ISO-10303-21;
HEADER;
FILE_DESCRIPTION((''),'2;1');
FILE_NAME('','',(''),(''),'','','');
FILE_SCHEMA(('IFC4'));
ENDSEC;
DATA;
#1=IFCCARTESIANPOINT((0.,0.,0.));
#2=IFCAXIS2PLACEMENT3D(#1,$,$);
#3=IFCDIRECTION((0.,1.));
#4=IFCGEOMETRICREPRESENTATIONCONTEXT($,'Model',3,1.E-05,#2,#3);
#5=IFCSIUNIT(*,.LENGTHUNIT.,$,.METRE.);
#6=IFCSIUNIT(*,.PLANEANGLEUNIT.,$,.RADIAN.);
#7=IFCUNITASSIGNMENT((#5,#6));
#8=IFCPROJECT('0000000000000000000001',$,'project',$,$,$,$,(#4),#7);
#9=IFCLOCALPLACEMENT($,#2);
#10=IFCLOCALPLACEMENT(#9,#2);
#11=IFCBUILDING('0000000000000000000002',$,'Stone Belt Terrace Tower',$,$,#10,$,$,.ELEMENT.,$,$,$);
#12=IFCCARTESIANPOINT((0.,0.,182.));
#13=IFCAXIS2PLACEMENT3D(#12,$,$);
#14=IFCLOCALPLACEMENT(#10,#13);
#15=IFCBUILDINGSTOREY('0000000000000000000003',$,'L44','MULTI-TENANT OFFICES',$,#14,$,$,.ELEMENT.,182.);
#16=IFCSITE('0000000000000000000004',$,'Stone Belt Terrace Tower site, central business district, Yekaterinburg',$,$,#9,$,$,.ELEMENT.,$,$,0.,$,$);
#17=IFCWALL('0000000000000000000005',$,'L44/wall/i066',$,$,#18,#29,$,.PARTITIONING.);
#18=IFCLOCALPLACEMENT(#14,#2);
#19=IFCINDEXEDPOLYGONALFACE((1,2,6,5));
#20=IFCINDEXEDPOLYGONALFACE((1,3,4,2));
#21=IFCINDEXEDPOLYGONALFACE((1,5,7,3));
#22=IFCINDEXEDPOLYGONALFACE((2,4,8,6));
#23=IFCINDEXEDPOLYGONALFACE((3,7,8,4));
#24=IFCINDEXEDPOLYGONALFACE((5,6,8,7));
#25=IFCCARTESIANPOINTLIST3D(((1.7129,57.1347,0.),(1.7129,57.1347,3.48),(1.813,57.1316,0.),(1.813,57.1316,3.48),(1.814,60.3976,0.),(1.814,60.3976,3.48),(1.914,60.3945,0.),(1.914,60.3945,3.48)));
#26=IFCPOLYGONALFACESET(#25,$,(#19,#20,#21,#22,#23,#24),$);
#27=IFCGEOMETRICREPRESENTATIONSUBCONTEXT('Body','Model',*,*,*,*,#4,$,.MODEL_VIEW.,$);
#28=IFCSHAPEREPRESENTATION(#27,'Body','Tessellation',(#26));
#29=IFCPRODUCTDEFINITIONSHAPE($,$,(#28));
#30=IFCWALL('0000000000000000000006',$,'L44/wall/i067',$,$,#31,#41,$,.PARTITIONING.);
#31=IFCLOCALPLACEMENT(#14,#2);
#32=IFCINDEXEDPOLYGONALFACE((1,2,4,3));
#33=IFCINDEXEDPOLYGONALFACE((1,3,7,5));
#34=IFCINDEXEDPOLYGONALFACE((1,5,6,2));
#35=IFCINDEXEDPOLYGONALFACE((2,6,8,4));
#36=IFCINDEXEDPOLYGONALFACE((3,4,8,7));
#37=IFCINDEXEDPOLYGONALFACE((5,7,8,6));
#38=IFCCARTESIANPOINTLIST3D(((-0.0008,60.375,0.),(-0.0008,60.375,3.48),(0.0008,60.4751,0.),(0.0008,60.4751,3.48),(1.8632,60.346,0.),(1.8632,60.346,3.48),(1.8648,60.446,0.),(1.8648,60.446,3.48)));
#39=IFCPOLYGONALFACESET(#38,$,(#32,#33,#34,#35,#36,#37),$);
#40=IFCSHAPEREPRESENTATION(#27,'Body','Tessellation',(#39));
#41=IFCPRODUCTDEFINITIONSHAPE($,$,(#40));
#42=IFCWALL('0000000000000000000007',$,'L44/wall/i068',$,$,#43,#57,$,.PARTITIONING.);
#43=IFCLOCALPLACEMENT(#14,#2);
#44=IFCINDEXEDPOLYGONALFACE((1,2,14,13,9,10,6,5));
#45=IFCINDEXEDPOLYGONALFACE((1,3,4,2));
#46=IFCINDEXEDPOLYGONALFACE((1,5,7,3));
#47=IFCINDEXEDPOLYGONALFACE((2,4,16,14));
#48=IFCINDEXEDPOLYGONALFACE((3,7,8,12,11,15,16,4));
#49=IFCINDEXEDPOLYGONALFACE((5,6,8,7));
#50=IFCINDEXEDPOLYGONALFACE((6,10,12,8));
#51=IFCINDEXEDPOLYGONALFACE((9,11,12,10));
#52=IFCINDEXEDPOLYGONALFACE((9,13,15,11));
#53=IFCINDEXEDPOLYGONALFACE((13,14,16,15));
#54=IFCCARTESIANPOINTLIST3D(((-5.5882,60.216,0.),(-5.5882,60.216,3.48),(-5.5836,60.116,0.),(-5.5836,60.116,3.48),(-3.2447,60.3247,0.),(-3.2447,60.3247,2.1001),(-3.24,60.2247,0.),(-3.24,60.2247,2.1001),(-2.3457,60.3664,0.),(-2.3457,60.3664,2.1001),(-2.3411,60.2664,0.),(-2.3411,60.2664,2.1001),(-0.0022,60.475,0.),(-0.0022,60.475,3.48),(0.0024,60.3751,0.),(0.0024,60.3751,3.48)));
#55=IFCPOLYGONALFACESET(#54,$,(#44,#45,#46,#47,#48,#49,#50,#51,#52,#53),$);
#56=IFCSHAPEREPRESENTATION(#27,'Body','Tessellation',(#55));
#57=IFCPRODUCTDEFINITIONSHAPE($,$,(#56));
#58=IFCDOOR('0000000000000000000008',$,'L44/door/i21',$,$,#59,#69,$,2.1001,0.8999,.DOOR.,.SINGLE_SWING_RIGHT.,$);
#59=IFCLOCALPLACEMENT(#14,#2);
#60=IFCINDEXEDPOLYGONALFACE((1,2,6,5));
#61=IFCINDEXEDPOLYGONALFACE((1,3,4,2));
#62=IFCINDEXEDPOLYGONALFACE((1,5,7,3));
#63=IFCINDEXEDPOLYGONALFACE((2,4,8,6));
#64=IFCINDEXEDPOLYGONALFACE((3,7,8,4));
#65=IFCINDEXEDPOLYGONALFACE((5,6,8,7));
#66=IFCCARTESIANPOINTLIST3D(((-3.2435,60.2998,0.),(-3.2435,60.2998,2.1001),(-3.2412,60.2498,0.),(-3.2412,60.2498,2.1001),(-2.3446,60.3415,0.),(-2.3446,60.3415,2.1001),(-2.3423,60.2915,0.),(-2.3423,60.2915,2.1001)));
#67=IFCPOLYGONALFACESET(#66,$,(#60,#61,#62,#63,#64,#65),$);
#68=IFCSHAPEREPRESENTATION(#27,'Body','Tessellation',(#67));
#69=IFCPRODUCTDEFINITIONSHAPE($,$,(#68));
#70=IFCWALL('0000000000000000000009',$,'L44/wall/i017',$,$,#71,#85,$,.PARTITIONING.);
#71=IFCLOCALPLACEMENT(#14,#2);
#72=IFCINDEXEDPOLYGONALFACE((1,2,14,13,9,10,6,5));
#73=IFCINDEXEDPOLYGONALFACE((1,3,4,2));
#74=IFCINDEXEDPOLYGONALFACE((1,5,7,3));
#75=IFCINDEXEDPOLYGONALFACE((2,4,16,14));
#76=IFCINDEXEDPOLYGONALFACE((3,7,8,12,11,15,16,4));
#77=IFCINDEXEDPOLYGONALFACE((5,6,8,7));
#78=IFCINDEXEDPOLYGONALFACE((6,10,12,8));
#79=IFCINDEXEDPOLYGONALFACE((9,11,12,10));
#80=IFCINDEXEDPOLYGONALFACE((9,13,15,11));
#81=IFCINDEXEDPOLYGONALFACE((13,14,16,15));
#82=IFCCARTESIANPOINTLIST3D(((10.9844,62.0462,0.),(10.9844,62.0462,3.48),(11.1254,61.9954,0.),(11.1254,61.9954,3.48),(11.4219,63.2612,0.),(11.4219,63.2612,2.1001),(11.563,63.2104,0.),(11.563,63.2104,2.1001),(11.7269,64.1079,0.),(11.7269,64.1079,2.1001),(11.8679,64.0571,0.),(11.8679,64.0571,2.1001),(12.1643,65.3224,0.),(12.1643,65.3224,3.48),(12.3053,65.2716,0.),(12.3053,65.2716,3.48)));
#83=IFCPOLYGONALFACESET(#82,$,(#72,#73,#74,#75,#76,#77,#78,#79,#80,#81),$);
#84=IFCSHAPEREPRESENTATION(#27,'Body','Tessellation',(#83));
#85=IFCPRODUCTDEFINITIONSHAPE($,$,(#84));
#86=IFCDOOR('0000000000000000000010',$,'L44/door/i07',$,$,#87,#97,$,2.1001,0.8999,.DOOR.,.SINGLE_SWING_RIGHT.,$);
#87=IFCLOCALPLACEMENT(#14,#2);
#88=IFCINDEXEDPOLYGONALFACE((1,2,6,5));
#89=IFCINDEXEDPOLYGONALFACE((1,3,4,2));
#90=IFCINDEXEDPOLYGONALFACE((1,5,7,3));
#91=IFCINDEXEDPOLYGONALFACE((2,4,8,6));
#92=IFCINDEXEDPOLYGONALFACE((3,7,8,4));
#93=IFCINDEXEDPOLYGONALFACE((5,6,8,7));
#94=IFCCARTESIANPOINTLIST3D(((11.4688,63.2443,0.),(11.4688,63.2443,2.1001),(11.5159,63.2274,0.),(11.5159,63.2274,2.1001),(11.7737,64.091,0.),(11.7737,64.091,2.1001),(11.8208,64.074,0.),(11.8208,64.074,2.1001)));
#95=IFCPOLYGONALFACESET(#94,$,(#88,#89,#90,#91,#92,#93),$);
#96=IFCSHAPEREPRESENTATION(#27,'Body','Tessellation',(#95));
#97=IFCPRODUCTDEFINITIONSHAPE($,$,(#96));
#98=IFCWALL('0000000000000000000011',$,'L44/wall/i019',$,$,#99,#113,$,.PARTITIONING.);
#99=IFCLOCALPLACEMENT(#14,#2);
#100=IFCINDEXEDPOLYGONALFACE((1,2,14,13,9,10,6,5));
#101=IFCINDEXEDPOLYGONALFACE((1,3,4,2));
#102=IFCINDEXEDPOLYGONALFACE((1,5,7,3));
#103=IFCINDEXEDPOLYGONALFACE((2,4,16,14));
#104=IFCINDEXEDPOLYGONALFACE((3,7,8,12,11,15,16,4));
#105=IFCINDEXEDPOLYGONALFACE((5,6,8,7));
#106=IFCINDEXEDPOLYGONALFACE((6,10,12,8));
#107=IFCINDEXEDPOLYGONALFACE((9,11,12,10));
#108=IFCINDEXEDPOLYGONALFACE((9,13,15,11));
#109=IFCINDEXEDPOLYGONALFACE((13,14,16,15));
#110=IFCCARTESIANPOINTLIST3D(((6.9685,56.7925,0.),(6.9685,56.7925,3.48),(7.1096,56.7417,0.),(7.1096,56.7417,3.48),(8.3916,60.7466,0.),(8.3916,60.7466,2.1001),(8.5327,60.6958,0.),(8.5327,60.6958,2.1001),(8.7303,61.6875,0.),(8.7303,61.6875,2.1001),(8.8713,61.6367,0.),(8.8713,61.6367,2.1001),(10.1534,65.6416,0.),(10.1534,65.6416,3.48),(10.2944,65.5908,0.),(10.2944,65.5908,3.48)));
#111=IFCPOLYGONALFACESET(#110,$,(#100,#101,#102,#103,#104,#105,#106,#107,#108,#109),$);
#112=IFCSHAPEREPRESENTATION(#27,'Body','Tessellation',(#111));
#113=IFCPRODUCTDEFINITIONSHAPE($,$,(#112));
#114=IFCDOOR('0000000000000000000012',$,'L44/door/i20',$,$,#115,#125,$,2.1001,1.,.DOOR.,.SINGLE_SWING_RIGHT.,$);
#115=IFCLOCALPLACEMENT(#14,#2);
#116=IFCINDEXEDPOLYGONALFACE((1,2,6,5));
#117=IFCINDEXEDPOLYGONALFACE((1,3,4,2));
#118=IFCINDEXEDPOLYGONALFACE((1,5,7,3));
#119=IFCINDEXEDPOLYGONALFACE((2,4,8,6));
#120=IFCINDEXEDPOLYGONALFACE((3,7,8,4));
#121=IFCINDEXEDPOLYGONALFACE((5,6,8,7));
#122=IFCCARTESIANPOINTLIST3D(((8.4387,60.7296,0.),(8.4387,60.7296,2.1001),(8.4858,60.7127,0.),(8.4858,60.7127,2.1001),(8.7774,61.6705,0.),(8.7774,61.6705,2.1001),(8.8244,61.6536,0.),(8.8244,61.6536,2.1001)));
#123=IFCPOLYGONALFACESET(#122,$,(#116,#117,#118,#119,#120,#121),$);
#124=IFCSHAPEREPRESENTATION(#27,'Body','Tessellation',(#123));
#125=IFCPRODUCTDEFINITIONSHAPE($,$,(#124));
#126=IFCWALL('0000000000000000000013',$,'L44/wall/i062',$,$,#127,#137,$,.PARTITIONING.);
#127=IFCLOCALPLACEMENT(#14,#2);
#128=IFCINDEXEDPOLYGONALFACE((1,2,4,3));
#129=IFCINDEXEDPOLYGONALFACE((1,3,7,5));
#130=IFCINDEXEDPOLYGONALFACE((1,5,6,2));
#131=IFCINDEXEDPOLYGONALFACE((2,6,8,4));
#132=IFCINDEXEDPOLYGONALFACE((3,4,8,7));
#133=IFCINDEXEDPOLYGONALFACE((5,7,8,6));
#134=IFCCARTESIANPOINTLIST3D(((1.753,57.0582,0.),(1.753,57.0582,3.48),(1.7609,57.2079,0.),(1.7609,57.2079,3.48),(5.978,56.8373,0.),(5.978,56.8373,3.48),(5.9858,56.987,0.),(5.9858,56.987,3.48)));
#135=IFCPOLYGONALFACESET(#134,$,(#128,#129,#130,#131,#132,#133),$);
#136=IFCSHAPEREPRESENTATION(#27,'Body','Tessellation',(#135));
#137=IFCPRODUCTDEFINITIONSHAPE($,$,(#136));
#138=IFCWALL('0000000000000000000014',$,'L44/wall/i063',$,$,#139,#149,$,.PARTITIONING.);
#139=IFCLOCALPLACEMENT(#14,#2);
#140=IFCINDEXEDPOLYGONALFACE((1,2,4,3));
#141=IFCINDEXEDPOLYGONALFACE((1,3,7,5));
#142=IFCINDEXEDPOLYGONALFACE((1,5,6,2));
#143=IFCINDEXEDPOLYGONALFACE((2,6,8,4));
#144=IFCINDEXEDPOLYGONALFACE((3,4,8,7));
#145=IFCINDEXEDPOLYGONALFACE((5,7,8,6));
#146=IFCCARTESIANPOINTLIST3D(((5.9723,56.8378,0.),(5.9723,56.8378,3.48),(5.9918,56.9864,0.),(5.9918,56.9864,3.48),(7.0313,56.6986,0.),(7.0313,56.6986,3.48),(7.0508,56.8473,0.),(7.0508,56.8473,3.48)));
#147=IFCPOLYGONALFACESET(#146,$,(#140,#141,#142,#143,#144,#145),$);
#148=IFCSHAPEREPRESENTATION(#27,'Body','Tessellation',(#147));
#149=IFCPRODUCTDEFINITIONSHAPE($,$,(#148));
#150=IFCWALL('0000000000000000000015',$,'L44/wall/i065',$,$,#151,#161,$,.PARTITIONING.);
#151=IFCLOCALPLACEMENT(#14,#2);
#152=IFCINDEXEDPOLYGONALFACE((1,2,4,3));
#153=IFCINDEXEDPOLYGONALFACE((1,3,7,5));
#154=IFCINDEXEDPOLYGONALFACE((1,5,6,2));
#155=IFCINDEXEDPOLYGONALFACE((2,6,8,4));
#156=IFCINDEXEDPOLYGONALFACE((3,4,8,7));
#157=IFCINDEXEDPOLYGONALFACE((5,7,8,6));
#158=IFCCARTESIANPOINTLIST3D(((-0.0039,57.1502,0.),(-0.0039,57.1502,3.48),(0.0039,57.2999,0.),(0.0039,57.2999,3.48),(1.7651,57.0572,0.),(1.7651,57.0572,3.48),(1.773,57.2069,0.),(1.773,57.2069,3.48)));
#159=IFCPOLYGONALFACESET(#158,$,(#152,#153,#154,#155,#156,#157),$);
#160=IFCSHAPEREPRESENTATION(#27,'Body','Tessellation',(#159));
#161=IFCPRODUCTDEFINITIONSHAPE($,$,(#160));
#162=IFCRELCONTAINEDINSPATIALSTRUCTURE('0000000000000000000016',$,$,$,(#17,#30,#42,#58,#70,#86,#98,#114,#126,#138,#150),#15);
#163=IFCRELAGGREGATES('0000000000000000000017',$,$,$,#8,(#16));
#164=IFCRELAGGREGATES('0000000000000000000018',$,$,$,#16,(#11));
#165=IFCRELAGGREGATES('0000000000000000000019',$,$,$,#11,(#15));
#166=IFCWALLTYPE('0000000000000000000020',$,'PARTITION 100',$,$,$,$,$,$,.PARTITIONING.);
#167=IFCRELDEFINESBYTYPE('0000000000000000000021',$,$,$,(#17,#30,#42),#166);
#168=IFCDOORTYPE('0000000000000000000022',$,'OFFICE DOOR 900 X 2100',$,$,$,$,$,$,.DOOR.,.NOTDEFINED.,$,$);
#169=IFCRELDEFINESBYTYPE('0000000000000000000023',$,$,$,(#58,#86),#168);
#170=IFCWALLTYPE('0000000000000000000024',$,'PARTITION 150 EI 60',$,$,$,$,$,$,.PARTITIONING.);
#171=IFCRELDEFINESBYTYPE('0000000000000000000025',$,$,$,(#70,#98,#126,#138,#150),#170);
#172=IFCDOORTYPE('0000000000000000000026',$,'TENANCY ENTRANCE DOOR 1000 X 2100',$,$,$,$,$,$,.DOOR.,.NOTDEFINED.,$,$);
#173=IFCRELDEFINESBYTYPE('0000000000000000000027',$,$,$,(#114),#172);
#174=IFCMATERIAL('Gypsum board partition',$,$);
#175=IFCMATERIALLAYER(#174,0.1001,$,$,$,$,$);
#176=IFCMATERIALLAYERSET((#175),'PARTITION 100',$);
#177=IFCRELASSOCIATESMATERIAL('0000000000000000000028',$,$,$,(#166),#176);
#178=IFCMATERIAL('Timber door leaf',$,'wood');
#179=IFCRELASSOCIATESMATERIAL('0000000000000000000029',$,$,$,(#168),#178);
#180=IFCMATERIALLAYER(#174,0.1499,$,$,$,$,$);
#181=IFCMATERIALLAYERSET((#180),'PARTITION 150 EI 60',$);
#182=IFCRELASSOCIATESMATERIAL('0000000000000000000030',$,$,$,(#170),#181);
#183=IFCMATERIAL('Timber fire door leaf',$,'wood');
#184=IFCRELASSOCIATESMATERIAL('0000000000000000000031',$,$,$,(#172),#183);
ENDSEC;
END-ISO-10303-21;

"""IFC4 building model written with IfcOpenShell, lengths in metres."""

from ifc_helpers import new_model, si_unit, direction, frame, frame_2d, origin, place, context, subcontext, project, spatial, rectangle, extrude, material, layer, layer_set, type_object, element, fill, save


model = new_model("IFC4")

# Units and contexts
model_context = context("Model", 3, precision=1e-05, world=origin(), true_north=direction((0.0, 1.0)))
body_context = subcontext(model_context, "Body", "Model", "MODEL_VIEW")
ifc_project = project(units=[si_unit("LENGTHUNIT", "METRE"), si_unit("PLANEANGLEUNIT", "RADIAN")], contexts=[model_context])

# Site, building, storey
site_placement = place(None, origin())
site = spatial("IfcSite", under=ifc_project, at=site_placement, Name="Stone Belt Terrace Tower site, central business district, Yekaterinburg", CompositionType="ELEMENT", RefElevation=0.0)
building_placement = place(site_placement, origin())
building = spatial("IfcBuilding", under=site, at=building_placement, Name="Stone Belt Terrace Tower", CompositionType="ELEMENT")
storey_placement = place(building_placement, frame((0.0, 0.0, 182.0)))
storey = spatial("IfcBuildingStorey", under=building, at=storey_placement, Name="L44", Description="MULTI-TENANT OFFICES", CompositionType="ELEMENT", Elevation=182.0)

# Shared definitions
ifc_material_1 = material(Name="Timber door leaf", Category="wood")

# Walls
ifc_material_2 = material(Name="Gypsum board partition")
ifc_layer_1 = layer(ifc_material_2, 0.1001)
ifc_layer_set_1 = layer_set([ifc_layer_1], Name="PARTITION 100")
wall_type_1 = type_object("IfcWallType", Name="PARTITION 100", PredefinedType="PARTITIONING", material=ifc_layer_set_1)
wall_1_placement = place(storey_placement, frame((1.7629, 57.1331, 0.0), z_axis=(0.0, 0.0, 1.0), x_axis=(0.030962, 0.999521, 0.0)))
element("IfcWall", 1, at=wall_1_placement, inside=storey, type_object=wall_type_1, Name="L44/wall/i066", PredefinedType="PARTITIONING", context=body_context, shape_type="SweptSolid", body=[
    extrude(rectangle(XDim=3.2644, YDim=0.1001, at=frame_2d((1.6323, 0.0))), origin(), (0.0, 0.0, 1.0), 3.48),
])
wall_2_placement = place(storey_placement, frame((1.864, 60.396, 0.0), z_axis=(0.0, 0.0, 1.0), x_axis=(-0.999879, 0.015584, 0.0)))
element("IfcWall", 2, at=wall_2_placement, inside=storey, type_object=wall_type_1, Name="L44/wall/i067", PredefinedType="PARTITIONING", context=body_context, shape_type="SweptSolid", body=[
    extrude(rectangle(XDim=1.8643, YDim=0.1001, at=frame_2d((0.9321, 0.0))), origin(), (0.0, 0.0, 1.0), 3.48),
])

# Walls, openings, doors
wall_3_placement = place(storey_placement, frame((0.0, 60.425, 0.0), z_axis=(0.0, 0.0, 1.0), x_axis=(-0.998927, -0.046323, 0.0)))
wall_3 = element("IfcWall", 3, at=wall_3_placement, inside=storey, type_object=wall_type_1, Name="L44/wall/i068", PredefinedType="PARTITIONING", context=body_context, shape_type="SweptSolid", body=[
    extrude(rectangle(XDim=5.592, YDim=0.1001, at=frame_2d((2.7959, 0.0))), origin(), (0.0, 0.0, 1.0), 3.48),
])
opening_1_placement = place(wall_3_placement, frame((2.3459, 0.0, 0.0)))
opening_1 = element("IfcOpeningElement", 4, at=opening_1_placement, cuts=wall_3, PredefinedType="OPENING", context=body_context, shape_type="SweptSolid", body=[
    extrude(rectangle(XDim=0.8999, YDim=2.1001, at=frame_2d((0.45, 1.05))), frame((0.0, 0.0601, 0.0), z_axis=(0.0, -1.0, 0.0), x_axis=(1.0, 0.0, 0.0)), (0.0, 0.0, 1.0), 0.1201),
])
door_type_1 = type_object("IfcDoorType", Name="OFFICE DOOR 900 X 2100", OperationType="NOTDEFINED", PredefinedType="DOOR", material=ifc_material_1)
door_1_placement = place(opening_1_placement, origin())
door_1 = element("IfcDoor", 5, at=door_1_placement, inside=storey, type_object=door_type_1, Name="L44/door/i21", OperationType="SINGLE_SWING_RIGHT", OverallHeight=2.1001, OverallWidth=0.8999, PredefinedType="DOOR", context=body_context, shape_type="SweptSolid", body=[
    extrude(rectangle(XDim=0.8999, YDim=2.1001, at=frame_2d((0.45, 1.05))), frame((0.0, 0.0249, 0.0), z_axis=(0.0, -1.0, 0.0), x_axis=(1.0, 0.0, 0.0)), (0.0, 0.0, 1.0), 0.05),
])
fill(opening_1, door_1)
ifc_layer_2 = layer(ifc_material_2, 0.1499)
ifc_layer_set_2 = layer_set([ifc_layer_2], Name="PARTITION 150 EI 60")
wall_type_2 = type_object("IfcWallType", Name="PARTITION 150 EI 60", PredefinedType="PARTITIONING", material=ifc_layer_set_2)
wall_4_placement = place(storey_placement, frame((12.2349, 65.2971, 0.0), z_axis=(0.0, 0.0, 1.0), x_axis=(-0.338854, -0.940839, 0.0)))
wall_4 = element("IfcWall", 6, at=wall_4_placement, inside=storey, type_object=wall_type_2, Name="L44/wall/i017", PredefinedType="PARTITIONING", context=body_context, shape_type="SweptSolid", body=[
    extrude(rectangle(XDim=3.4822, YDim=0.1499, at=frame_2d((1.7412, 0.0))), origin(), (0.0, 0.0, 1.0), 3.48),
])
opening_2_placement = place(wall_4_placement, frame((1.291, 0.0, 0.0)))
opening_2 = element("IfcOpeningElement", 7, at=opening_2_placement, cuts=wall_4, PredefinedType="OPENING", context=body_context, shape_type="SweptSolid", body=[
    extrude(rectangle(XDim=0.8999, YDim=2.1001, at=frame_2d((0.45, 1.05))), frame((0.0, 0.085, 0.0), z_axis=(0.0, -1.0, 0.0), x_axis=(1.0, 0.0, 0.0)), (0.0, 0.0, 1.0), 0.1699),
])
door_2_placement = place(opening_2_placement, origin())
door_2 = element("IfcDoor", 8, at=door_2_placement, inside=storey, type_object=door_type_1, Name="L44/door/i07", OperationType="SINGLE_SWING_RIGHT", OverallHeight=2.1001, OverallWidth=0.8999, PredefinedType="DOOR", context=body_context, shape_type="SweptSolid", body=[
    extrude(rectangle(XDim=0.8999, YDim=2.1001, at=frame_2d((0.45, 1.05))), frame((0.0, 0.0249, 0.0), z_axis=(0.0, -1.0, 0.0), x_axis=(1.0, 0.0, 0.0)), (0.0, 0.0, 1.0), 0.05),
])
fill(opening_2, door_2)
wall_5_placement = place(storey_placement, frame((7.0391, 56.7671, 0.0), z_axis=(0.0, 0.0, 1.0), x_axis=(0.338638, 0.940917, 0.0)))
wall_5 = element("IfcWall", 9, at=wall_5_placement, inside=storey, type_object=wall_type_2, Name="L44/wall/i019", PredefinedType="PARTITIONING", context=body_context, shape_type="SweptSolid", body=[
    extrude(rectangle(XDim=9.4048, YDim=0.1499, at=frame_2d((4.7024, 0.0))), origin(), (0.0, 0.0, 1.0), 3.48),
])
opening_3_placement = place(wall_5_placement, frame((4.2024, 0.0, 0.0)))
opening_3 = element("IfcOpeningElement", 10, at=opening_3_placement, cuts=wall_5, PredefinedType="OPENING", context=body_context, shape_type="SweptSolid", body=[
    extrude(rectangle(XDim=1.0, YDim=2.1001, at=frame_2d((0.5, 1.05))), frame((0.0, 0.085, 0.0), z_axis=(0.0, -1.0, 0.0), x_axis=(1.0, 0.0, 0.0)), (0.0, 0.0, 1.0), 0.1699),
])
ifc_material_3 = material(Name="Timber fire door leaf", Category="wood")
door_type_2 = type_object("IfcDoorType", Name="TENANCY ENTRANCE DOOR 1000 X 2100", OperationType="NOTDEFINED", PredefinedType="DOOR", material=ifc_material_3)
door_3_placement = place(opening_3_placement, origin())
door_3 = element("IfcDoor", 11, at=door_3_placement, inside=storey, type_object=door_type_2, Name="L44/door/i20", OperationType="SINGLE_SWING_RIGHT", OverallHeight=2.1001, OverallWidth=1.0, PredefinedType="DOOR", context=body_context, shape_type="SweptSolid", body=[
    extrude(rectangle(XDim=1.0, YDim=2.1001, at=frame_2d((0.5, 1.05))), frame((0.0, 0.0249, 0.0), z_axis=(0.0, -1.0, 0.0), x_axis=(1.0, 0.0, 0.0)), (0.0, 0.0, 1.0), 0.05),
])
fill(opening_3, door_3)

# Walls
wall_6_placement = place(storey_placement, frame((1.7571, 57.1331, 0.0), z_axis=(0.0, 0.0, 1.0), x_axis=(0.998635, -0.052226, 0.0)))
element("IfcWall", 12, at=wall_6_placement, inside=storey, type_object=wall_type_2, Name="L44/wall/i062", PredefinedType="PARTITIONING", context=body_context, shape_type="SweptSolid", body=[
    extrude(rectangle(XDim=4.2307, YDim=0.1499, at=frame_2d((2.1152, 0.0))), origin(), (0.0, 0.0, 1.0), 3.48),
])
wall_7_placement = place(storey_placement, frame((5.9819, 56.9121, 0.0), z_axis=(0.0, 0.0, 1.0), x_axis=(0.991478, -0.130277, 0.0)))
element("IfcWall", 13, at=wall_7_placement, inside=storey, type_object=wall_type_2, Name="L44/wall/i063", PredefinedType="PARTITIONING", context=body_context, shape_type="SweptSolid", body=[
    extrude(rectangle(XDim=1.0681, YDim=0.1499, at=frame_2d((0.5342, 0.0))), origin(), (0.0, 0.0, 1.0), 3.48),
])
wall_8_placement = place(storey_placement, frame((0.0, 57.2251, 0.0), z_axis=(0.0, 0.0, 1.0), x_axis=(0.99862, -0.052508, 0.0)))
element("IfcWall", 14, at=wall_8_placement, inside=storey, type_object=wall_type_2, Name="L44/wall/i065", PredefinedType="PARTITIONING", context=body_context, shape_type="SweptSolid", body=[
    extrude(rectangle(XDim=1.7715, YDim=0.1499, at=frame_2d((0.8857, 0.0))), origin(), (0.0, 0.0, 1.0), 3.48),
])

save(model, "model.ifc")
